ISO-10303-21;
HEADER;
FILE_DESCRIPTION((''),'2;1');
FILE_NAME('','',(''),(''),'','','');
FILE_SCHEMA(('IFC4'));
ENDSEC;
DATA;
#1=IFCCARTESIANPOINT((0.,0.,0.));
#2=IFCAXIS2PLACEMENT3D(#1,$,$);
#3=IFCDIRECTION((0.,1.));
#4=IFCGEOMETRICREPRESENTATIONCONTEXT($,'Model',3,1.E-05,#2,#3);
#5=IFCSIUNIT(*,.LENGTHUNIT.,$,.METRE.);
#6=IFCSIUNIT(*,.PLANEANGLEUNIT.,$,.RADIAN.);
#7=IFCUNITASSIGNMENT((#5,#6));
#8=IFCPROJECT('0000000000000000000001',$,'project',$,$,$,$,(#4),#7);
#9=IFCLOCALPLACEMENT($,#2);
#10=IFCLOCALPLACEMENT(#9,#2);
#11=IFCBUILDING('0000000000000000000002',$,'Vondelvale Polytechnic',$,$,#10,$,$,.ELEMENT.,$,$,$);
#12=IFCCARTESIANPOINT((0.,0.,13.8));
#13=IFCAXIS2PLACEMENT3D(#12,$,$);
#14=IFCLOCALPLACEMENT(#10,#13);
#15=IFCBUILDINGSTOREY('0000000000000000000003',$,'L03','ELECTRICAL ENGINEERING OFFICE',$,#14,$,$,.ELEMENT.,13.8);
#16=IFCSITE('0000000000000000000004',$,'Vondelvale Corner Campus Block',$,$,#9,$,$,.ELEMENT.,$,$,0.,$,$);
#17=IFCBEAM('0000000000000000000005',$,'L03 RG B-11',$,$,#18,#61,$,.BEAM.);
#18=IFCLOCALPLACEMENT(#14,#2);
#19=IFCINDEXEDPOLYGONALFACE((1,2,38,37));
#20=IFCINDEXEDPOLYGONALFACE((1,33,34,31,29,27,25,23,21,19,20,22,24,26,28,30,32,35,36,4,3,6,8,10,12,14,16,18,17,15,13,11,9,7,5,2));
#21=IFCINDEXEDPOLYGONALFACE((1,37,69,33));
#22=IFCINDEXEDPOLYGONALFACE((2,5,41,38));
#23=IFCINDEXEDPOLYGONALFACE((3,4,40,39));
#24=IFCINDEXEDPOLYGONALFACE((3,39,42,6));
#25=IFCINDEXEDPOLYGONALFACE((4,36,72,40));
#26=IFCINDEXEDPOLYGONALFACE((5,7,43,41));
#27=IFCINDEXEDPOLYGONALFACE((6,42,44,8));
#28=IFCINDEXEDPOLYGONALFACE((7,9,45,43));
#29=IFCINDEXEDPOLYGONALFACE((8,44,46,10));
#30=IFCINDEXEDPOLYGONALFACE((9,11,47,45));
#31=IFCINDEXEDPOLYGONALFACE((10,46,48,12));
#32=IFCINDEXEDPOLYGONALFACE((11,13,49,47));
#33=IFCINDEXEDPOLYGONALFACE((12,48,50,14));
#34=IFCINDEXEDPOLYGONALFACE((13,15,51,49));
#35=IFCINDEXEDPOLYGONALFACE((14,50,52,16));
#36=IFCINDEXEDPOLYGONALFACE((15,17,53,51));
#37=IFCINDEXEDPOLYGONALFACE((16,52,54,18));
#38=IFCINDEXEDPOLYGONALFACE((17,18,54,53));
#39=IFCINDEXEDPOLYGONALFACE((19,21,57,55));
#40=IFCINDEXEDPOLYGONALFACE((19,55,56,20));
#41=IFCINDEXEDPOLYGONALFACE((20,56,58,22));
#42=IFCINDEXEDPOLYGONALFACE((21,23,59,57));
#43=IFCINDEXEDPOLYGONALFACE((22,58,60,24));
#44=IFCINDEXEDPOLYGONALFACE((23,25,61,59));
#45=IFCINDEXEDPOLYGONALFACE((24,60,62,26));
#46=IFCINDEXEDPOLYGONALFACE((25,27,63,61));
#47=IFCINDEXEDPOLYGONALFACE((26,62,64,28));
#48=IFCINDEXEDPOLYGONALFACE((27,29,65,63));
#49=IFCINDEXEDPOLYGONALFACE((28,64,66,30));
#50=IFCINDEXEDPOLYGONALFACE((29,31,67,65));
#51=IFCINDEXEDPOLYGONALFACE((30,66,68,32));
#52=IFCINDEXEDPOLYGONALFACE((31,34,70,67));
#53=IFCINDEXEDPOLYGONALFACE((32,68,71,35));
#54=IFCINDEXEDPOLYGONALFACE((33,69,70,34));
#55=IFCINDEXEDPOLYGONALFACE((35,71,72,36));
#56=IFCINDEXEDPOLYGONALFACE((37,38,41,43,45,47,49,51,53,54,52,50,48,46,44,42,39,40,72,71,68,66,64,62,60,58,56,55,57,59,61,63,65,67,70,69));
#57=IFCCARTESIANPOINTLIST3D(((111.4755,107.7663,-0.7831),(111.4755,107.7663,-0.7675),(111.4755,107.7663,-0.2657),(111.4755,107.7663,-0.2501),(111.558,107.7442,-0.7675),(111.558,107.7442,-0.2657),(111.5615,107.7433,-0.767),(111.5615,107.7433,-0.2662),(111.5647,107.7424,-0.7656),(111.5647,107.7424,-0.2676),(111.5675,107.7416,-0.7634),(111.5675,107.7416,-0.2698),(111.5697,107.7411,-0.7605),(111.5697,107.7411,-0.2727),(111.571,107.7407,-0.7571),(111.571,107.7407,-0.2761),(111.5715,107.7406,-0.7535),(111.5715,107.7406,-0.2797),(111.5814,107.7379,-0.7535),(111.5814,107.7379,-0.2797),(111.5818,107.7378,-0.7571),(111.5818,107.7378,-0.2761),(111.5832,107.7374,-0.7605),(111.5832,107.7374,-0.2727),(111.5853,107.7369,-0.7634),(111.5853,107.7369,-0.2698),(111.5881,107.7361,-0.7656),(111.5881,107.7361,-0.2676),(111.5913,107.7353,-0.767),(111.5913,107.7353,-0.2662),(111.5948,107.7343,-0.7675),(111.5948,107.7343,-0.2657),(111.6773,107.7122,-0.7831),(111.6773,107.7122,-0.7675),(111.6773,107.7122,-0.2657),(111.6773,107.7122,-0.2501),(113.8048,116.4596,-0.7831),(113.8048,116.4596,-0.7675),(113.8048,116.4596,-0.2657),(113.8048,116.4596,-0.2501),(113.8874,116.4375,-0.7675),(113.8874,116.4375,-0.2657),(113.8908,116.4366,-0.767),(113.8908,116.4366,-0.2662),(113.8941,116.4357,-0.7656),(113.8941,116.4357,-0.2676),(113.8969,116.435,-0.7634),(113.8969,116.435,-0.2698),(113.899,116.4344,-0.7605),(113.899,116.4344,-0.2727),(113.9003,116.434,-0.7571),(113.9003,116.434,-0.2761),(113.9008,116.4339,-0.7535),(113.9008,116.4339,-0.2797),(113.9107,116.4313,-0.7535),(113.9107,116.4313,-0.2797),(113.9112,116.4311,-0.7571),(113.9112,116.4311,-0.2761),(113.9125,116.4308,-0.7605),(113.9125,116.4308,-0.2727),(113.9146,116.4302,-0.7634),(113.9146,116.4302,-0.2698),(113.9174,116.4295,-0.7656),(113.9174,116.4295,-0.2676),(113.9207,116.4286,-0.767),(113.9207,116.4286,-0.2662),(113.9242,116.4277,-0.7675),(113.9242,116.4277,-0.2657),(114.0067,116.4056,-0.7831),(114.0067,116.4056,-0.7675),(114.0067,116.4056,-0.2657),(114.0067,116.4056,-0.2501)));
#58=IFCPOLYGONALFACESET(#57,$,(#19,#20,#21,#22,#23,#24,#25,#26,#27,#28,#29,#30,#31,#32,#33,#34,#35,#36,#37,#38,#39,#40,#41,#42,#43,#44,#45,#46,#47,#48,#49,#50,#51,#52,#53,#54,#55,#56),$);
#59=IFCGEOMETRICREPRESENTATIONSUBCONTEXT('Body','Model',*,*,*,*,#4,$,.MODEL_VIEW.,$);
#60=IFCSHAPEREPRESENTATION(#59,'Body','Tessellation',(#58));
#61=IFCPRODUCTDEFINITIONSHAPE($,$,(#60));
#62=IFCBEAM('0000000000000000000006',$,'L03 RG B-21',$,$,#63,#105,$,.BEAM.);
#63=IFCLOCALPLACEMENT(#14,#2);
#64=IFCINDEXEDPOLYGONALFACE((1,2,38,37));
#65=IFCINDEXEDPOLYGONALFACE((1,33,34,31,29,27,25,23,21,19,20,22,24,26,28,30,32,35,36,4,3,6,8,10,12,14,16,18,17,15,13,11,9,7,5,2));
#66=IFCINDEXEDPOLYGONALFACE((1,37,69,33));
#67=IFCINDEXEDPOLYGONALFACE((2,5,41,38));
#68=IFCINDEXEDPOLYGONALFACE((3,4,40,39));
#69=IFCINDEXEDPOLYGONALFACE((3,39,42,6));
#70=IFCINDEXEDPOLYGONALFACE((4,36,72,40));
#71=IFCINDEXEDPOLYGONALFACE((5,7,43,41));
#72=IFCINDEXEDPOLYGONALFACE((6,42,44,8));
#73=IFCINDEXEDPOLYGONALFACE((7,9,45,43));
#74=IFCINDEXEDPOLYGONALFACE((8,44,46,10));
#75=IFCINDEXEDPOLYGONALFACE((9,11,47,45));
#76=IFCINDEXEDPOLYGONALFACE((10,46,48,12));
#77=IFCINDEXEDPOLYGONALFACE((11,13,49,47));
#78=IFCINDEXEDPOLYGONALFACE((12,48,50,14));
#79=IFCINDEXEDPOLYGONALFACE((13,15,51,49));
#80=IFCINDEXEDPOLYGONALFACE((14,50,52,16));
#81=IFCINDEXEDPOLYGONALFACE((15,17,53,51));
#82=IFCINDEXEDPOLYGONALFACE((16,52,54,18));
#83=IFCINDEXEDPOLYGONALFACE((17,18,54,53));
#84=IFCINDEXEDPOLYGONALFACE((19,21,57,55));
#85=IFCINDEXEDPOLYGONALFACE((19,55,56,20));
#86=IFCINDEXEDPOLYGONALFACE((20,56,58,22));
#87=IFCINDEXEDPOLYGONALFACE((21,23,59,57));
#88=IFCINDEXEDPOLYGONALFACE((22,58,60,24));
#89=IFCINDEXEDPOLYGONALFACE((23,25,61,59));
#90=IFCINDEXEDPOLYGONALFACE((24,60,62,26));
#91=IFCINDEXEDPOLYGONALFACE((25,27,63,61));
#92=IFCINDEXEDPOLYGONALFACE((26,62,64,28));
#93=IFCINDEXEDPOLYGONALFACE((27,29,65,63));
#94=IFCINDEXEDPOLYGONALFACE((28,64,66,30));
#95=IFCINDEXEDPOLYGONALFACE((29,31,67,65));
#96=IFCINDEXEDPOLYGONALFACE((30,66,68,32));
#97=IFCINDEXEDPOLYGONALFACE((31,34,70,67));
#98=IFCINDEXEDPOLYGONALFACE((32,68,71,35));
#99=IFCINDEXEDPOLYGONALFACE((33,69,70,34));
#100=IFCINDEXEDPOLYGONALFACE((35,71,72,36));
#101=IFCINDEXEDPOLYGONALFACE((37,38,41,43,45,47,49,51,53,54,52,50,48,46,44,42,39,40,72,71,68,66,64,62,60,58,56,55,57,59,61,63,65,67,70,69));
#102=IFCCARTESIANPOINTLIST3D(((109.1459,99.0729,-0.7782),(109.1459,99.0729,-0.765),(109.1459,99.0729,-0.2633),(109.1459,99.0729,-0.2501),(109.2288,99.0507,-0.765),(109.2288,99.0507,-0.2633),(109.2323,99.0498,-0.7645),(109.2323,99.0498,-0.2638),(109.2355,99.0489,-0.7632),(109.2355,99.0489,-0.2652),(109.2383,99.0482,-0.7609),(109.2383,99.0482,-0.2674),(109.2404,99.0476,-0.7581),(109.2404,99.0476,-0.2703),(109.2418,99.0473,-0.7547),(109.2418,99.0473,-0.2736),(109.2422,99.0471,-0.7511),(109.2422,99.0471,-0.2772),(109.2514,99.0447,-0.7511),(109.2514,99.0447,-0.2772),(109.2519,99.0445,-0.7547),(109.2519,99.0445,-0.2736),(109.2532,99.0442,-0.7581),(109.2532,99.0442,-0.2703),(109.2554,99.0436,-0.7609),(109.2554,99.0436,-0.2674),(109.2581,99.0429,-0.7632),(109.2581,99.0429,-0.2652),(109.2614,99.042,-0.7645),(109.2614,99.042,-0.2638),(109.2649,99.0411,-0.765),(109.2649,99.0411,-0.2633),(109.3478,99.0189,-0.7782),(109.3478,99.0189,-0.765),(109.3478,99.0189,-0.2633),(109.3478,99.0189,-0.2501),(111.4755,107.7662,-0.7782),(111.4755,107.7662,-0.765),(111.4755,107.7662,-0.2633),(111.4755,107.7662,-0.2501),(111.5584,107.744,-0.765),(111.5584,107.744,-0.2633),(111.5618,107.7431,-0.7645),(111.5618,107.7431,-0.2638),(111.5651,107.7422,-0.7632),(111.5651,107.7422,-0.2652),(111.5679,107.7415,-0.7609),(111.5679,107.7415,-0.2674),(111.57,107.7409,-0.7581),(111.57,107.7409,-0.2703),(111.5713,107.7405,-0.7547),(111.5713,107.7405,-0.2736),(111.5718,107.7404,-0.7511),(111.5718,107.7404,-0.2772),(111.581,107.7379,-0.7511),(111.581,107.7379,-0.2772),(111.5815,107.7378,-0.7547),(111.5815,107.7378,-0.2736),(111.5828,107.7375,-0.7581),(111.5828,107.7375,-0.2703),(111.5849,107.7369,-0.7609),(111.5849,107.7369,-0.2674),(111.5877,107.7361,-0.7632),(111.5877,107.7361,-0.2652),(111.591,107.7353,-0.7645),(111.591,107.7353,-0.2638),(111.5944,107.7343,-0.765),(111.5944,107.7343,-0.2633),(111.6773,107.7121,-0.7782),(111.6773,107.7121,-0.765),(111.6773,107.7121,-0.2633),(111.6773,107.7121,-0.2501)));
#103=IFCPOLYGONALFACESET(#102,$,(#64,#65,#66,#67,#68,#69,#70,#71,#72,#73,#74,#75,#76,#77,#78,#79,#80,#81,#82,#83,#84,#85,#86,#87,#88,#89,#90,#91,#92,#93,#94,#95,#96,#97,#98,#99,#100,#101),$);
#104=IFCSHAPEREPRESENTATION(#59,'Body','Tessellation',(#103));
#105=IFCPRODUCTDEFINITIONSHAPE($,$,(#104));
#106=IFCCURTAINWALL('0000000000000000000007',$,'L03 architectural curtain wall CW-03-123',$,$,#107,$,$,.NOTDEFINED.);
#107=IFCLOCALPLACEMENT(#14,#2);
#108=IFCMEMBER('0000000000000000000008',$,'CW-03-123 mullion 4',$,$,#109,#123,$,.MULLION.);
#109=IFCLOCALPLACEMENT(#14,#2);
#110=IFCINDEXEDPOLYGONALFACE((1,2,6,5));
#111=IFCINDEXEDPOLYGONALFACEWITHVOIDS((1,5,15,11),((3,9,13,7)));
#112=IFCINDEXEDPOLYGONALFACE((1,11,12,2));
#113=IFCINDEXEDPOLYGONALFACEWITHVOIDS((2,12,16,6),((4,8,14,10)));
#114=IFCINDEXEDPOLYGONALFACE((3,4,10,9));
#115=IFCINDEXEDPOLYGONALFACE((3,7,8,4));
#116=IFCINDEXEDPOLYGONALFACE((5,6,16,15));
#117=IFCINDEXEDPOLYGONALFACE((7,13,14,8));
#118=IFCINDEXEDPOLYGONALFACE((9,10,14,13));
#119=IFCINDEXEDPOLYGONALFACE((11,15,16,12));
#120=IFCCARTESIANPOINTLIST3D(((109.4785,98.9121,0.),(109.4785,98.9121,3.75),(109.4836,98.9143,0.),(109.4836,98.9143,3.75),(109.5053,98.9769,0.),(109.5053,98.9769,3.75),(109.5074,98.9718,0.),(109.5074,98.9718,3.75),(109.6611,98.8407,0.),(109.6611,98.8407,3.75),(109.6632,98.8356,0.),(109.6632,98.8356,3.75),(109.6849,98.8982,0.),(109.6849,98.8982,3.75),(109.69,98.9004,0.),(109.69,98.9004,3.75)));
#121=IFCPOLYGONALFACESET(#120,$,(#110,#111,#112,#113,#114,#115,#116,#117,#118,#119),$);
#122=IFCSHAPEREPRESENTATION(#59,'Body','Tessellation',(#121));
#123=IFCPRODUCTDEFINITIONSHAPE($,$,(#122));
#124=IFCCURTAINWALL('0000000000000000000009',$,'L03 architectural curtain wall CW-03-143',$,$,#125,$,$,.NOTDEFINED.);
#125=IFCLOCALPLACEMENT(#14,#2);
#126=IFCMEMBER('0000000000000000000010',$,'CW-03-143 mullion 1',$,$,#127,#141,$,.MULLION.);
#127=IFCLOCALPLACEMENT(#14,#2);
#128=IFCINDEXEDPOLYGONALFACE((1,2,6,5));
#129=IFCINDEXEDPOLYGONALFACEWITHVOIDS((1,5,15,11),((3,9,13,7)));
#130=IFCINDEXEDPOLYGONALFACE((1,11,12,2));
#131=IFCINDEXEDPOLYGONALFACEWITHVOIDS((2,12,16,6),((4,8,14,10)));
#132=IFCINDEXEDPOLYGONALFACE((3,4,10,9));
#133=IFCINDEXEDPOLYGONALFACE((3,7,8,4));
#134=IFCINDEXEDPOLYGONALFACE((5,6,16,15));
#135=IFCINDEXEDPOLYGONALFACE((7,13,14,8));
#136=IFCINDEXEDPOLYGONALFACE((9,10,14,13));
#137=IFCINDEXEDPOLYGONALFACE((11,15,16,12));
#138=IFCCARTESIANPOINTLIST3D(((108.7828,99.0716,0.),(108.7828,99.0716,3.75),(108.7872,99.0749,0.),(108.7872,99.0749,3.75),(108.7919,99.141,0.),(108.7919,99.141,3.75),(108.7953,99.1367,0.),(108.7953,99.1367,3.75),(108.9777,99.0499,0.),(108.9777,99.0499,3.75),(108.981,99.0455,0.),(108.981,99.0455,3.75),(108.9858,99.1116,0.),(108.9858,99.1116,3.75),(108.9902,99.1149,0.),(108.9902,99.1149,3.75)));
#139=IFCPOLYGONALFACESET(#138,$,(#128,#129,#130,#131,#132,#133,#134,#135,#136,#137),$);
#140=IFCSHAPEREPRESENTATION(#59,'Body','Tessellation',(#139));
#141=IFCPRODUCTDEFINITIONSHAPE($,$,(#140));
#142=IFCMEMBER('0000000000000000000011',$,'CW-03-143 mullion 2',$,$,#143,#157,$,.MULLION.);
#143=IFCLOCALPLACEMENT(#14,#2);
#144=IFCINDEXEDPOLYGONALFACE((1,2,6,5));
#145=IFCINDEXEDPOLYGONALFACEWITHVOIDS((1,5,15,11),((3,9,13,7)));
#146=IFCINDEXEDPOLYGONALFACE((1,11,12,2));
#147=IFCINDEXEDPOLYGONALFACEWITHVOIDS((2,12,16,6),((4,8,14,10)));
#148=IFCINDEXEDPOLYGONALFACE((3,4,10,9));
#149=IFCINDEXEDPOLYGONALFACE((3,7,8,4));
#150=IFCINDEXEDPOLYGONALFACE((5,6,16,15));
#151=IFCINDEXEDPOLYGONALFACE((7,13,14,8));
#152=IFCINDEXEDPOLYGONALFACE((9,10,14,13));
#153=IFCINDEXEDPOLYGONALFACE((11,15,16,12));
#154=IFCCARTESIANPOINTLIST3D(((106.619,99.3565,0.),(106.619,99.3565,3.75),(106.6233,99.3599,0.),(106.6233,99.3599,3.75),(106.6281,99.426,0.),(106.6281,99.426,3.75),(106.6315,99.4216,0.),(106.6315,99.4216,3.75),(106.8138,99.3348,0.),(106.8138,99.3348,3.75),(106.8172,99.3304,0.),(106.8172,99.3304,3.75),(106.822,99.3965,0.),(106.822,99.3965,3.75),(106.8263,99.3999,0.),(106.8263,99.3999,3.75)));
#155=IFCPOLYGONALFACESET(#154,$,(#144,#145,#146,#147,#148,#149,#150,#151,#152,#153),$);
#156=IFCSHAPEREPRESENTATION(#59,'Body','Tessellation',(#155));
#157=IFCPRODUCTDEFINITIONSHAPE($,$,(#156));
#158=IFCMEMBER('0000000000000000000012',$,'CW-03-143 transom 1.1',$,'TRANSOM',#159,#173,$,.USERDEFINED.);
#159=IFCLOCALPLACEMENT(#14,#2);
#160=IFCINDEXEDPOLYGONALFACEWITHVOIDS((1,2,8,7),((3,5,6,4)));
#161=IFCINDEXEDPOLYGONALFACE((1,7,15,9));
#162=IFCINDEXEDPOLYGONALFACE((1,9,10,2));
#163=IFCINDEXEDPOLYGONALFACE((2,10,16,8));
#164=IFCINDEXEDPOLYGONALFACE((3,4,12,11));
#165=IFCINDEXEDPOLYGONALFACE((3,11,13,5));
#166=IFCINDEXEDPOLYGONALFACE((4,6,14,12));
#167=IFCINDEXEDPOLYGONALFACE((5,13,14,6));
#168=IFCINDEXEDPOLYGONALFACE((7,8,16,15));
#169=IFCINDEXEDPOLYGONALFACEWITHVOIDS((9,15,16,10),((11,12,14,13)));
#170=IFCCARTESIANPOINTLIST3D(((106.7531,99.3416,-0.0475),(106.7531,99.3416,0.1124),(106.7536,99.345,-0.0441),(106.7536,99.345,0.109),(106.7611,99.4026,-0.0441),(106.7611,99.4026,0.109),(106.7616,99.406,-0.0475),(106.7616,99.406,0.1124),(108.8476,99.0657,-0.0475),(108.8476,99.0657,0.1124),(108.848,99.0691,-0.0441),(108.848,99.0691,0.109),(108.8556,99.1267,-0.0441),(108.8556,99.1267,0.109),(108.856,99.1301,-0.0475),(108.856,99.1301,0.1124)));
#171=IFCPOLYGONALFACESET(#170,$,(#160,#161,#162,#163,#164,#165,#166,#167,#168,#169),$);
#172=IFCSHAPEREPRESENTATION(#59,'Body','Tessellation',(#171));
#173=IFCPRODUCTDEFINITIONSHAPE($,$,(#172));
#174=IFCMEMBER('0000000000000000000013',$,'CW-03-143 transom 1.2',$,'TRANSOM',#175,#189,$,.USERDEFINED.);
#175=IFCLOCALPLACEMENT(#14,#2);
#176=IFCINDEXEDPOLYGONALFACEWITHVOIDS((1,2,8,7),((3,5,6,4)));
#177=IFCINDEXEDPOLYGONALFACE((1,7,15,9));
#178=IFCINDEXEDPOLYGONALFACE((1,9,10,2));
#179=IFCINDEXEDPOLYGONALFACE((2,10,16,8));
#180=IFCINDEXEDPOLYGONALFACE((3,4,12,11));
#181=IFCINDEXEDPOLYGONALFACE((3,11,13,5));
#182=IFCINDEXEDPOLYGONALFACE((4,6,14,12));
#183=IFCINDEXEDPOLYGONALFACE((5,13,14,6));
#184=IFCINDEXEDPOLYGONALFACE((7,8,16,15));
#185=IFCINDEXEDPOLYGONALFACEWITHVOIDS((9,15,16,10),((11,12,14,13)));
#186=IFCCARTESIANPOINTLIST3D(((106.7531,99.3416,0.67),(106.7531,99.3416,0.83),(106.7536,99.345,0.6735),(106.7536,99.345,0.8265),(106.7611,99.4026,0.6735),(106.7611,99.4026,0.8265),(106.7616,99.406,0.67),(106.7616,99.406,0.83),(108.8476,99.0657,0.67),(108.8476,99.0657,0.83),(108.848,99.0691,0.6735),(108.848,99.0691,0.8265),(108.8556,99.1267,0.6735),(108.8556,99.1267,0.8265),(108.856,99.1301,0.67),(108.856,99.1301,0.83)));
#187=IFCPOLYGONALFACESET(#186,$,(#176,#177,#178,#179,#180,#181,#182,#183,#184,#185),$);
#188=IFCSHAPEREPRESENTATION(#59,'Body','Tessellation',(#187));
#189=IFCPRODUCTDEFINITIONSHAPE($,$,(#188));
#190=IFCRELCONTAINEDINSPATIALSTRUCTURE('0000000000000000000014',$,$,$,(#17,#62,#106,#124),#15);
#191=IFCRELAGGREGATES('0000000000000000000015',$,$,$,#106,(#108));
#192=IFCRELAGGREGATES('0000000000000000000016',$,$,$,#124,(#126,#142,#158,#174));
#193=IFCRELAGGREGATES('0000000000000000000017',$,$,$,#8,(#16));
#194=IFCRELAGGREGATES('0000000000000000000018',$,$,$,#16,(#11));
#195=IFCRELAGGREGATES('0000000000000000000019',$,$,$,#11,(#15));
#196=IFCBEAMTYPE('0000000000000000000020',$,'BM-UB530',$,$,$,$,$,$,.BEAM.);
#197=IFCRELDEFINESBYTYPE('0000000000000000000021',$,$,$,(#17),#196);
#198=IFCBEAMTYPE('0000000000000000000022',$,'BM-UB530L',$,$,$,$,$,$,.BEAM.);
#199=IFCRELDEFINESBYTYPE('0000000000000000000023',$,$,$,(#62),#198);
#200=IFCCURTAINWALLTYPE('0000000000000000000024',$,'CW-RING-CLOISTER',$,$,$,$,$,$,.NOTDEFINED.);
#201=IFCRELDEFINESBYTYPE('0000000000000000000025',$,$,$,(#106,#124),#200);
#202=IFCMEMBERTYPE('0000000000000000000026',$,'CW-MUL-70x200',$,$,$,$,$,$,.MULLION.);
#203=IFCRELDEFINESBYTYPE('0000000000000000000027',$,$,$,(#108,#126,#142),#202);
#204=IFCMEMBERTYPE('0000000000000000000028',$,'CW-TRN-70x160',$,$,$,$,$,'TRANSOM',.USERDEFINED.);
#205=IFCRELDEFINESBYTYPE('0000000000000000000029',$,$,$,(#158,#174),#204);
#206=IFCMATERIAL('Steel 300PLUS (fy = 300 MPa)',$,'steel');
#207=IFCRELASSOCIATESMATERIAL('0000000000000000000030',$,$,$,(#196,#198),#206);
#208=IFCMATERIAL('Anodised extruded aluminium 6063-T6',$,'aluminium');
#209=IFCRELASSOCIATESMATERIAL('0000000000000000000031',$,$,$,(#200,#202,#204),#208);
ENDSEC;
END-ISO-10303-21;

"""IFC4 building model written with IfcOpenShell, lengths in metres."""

from ifc_helpers import new_model, si_unit, direction, frame, origin, origin_2d, place, context, subcontext, project, spatial, hollow_rectangle, i_section, extrude, material, material_profile, profile_set, type_object, element, aggregate, save


model = new_model("IFC4")

# Units and contexts
model_context = context("Model", 3, precision=1e-05, world=origin(), true_north=direction((0.0, 1.0)))
body_context = subcontext(model_context, "Body", "Model", "MODEL_VIEW")
ifc_project = project(units=[si_unit("LENGTHUNIT", "METRE"), si_unit("PLANEANGLEUNIT", "RADIAN")], contexts=[model_context])

# Site, building, storey
site_placement = place(None, origin())
site = spatial("IfcSite", under=ifc_project, at=site_placement, Name="Vondelvale Corner Campus Block", CompositionType="ELEMENT", RefElevation=0.0)
building_placement = place(site_placement, origin())
building = spatial("IfcBuilding", under=site, at=building_placement, Name="Vondelvale Polytechnic", CompositionType="ELEMENT")
storey_placement = place(building_placement, frame((0.0, 0.0, 13.8)))
storey = spatial("IfcBuildingStorey", under=building, at=storey_placement, Name="L03", Description="ELECTRICAL ENGINEERING OFFICE", CompositionType="ELEMENT", Elevation=13.8)

# Shared definitions
ifc_material_1 = material(Name="Steel 300PLUS (fy = 300 MPa)", Category="steel")

# Beams
ifc_material_profile_1 = material_profile(ifc_material_1, i_section(OverallWidth=0.209, OverallDepth=0.533, WebThickness=0.0103, FlangeThickness=0.0156, FilletRadius=0.0139, at=origin_2d()), Name="530UB92.4")
ifc_profile_set_1 = profile_set([ifc_material_profile_1], Name="Steel 300PLUS (fy = 300 MPa)")
beam_type_1 = type_object("IfcBeamType", Name="BM-UB530", PredefinedType="BEAM", material=ifc_profile_set_1)
beam_1_placement = place(storey_placement, frame((111.5764, 107.7393, -0.5166), z_axis=(0.258816, 0.965927, 0.0), x_axis=(-0.965927, 0.258816, 0.0)))
element("IfcBeam", 1, at=beam_1_placement, inside=storey, type_object=beam_type_1, Name="L03 RG B-11", PredefinedType="BEAM", context=body_context, shape_type="SweptSolid", body=[
    extrude(i_section(OverallWidth=0.209, OverallDepth=0.533, WebThickness=0.0103, FlangeThickness=0.0156, FilletRadius=0.0139, at=origin_2d()), origin(), (0.0, 0.0, 1.0), 9.0),
])
ifc_material_profile_2 = material_profile(ifc_material_1, i_section(OverallWidth=0.209, OverallDepth=0.5281, WebThickness=0.0095, FlangeThickness=0.0132, FilletRadius=0.0139, at=origin_2d()), Name="530UB82.0")
ifc_profile_set_2 = profile_set([ifc_material_profile_2], Name="Steel 300PLUS (fy = 300 MPa)")
beam_type_2 = type_object("IfcBeamType", Name="BM-UB530L", PredefinedType="BEAM", material=ifc_profile_set_2)
beam_2_placement = place(storey_placement, frame((109.2468, 99.0459, -0.5142), z_axis=(0.258841, 0.96592, 0.0), x_axis=(-0.96592, 0.258841, 0.0)))
element("IfcBeam", 2, at=beam_2_placement, inside=storey, type_object=beam_type_2, Name="L03 RG B-21", PredefinedType="BEAM", context=body_context, shape_type="SweptSolid", body=[
    extrude(i_section(OverallWidth=0.209, OverallDepth=0.5281, WebThickness=0.0095, FlangeThickness=0.0132, FilletRadius=0.0139, at=origin_2d()), origin(), (0.0, 0.0, 1.0), 9.0),
])

# Curtain wall, member
ifc_material_2 = material(Name="Anodised extruded aluminium 6063-T6", Category="aluminium")
curtain_wall_type = type_object("IfcCurtainWallType", Name="CW-RING-CLOISTER", PredefinedType="NOTDEFINED", material=ifc_material_2)
curtain_wall_1_placement = place(storey_placement, origin())
curtain_wall_1 = element("IfcCurtainWall", 3, at=curtain_wall_1_placement, inside=storey, type_object=curtain_wall_type, Name="L03 architectural curtain wall CW-03-123", PredefinedType="NOTDEFINED")
ifc_material_profile_3 = material_profile(ifc_material_2, hollow_rectangle(XDim=0.0701, YDim=0.2, WallThickness=0.0039, at=origin_2d()), Name="CW-MUL-200x70")
ifc_profile_set_3 = profile_set([ifc_material_profile_3], Name="Anodised extruded aluminium 6063-T6")
member_type_1 = type_object("IfcMemberType", Name="CW-MUL-70x200", PredefinedType="MULLION", material=ifc_profile_set_3)
member_1_placement = place(storey_placement, frame((109.5842, 98.9062, 0.0), z_axis=(0.0, 0.0, 1.0), x_axis=(-0.382679, -0.923882, 0.0)))
member_1 = element("IfcMember", 4, at=member_1_placement, type_object=member_type_1, Name="CW-03-123 mullion 4", PredefinedType="MULLION", context=body_context, shape_type="SweptSolid", body=[
    extrude(hollow_rectangle(XDim=0.0701, YDim=0.2, WallThickness=0.0039, at=origin_2d()), origin(), (0.0, 0.0, 1.0), 3.75),
])

# Curtain wall, members
curtain_wall_2_placement = place(storey_placement, origin())
curtain_wall_2 = element("IfcCurtainWall", 5, at=curtain_wall_2_placement, inside=storey, type_object=curtain_wall_type, Name="L03 architectural curtain wall CW-03-143", PredefinedType="NOTDEFINED")
member_2_placement = place(storey_placement, frame((108.8865, 99.0933, 0.0), z_axis=(0.0, 0.0, 1.0), x_axis=(-0.130528, -0.991445, 0.0)))
member_2 = element("IfcMember", 6, at=member_2_placement, type_object=member_type_1, Name="CW-03-143 mullion 1", PredefinedType="MULLION", context=body_context, shape_type="SweptSolid", body=[
    extrude(hollow_rectangle(XDim=0.0701, YDim=0.2, WallThickness=0.0039, at=origin_2d()), origin(), (0.0, 0.0, 1.0), 3.75),
])
member_3_placement = place(storey_placement, frame((106.7227, 99.3782, 0.0), z_axis=(0.0, 0.0, 1.0), x_axis=(-0.130528, -0.991445, 0.0)))
member_3 = element("IfcMember", 7, at=member_3_placement, type_object=member_type_1, Name="CW-03-143 mullion 2", PredefinedType="MULLION", context=body_context, shape_type="SweptSolid", body=[
    extrude(hollow_rectangle(XDim=0.0701, YDim=0.2, WallThickness=0.0039, at=origin_2d()), origin(), (0.0, 0.0, 1.0), 3.75),
])
ifc_material_profile_4 = material_profile(ifc_material_2, hollow_rectangle(XDim=0.0649, YDim=0.1599, WallThickness=0.0034, at=origin_2d()), Name="CW-TRN-160x65")
ifc_profile_set_4 = profile_set([ifc_material_profile_4], Name="Anodised extruded aluminium 6063-T6")
member_type_2 = type_object("IfcMemberType", Name="CW-TRN-70x160", ElementType="TRANSOM", PredefinedType="USERDEFINED", material=ifc_profile_set_4)
member_4_placement = place(storey_placement, frame((108.8518, 99.0979, 0.0325), z_axis=(-0.991437, 0.130589, 0.0), x_axis=(-0.130589, -0.991437, 0.0)))
member_4 = element("IfcMember", 8, at=member_4_placement, type_object=member_type_2, Name="CW-03-143 transom 1.1", ObjectType="TRANSOM", PredefinedType="USERDEFINED", context=body_context, shape_type="SweptSolid", body=[
    extrude(hollow_rectangle(XDim=0.0649, YDim=0.1599, WallThickness=0.0034, at=origin_2d()), origin(), (0.0, 0.0, 1.0), 2.1125),
])
member_5_placement = place(storey_placement, frame((108.8518, 99.0979, 0.75), z_axis=(-0.991437, 0.130589, 0.0), x_axis=(-0.130589, -0.991437, 0.0)))
member_5 = element("IfcMember", 9, at=member_5_placement, type_object=member_type_2, Name="CW-03-143 transom 1.2", ObjectType="TRANSOM", PredefinedType="USERDEFINED", context=body_context, shape_type="SweptSolid", body=[
    extrude(hollow_rectangle(XDim=0.0649, YDim=0.1599, WallThickness=0.0034, at=origin_2d()), origin(), (0.0, 0.0, 1.0), 2.1125),
])

aggregate(curtain_wall_1, [member_1])
aggregate(curtain_wall_2, [member_2, member_3, member_4, member_5])

save(model, "model.ifc")
